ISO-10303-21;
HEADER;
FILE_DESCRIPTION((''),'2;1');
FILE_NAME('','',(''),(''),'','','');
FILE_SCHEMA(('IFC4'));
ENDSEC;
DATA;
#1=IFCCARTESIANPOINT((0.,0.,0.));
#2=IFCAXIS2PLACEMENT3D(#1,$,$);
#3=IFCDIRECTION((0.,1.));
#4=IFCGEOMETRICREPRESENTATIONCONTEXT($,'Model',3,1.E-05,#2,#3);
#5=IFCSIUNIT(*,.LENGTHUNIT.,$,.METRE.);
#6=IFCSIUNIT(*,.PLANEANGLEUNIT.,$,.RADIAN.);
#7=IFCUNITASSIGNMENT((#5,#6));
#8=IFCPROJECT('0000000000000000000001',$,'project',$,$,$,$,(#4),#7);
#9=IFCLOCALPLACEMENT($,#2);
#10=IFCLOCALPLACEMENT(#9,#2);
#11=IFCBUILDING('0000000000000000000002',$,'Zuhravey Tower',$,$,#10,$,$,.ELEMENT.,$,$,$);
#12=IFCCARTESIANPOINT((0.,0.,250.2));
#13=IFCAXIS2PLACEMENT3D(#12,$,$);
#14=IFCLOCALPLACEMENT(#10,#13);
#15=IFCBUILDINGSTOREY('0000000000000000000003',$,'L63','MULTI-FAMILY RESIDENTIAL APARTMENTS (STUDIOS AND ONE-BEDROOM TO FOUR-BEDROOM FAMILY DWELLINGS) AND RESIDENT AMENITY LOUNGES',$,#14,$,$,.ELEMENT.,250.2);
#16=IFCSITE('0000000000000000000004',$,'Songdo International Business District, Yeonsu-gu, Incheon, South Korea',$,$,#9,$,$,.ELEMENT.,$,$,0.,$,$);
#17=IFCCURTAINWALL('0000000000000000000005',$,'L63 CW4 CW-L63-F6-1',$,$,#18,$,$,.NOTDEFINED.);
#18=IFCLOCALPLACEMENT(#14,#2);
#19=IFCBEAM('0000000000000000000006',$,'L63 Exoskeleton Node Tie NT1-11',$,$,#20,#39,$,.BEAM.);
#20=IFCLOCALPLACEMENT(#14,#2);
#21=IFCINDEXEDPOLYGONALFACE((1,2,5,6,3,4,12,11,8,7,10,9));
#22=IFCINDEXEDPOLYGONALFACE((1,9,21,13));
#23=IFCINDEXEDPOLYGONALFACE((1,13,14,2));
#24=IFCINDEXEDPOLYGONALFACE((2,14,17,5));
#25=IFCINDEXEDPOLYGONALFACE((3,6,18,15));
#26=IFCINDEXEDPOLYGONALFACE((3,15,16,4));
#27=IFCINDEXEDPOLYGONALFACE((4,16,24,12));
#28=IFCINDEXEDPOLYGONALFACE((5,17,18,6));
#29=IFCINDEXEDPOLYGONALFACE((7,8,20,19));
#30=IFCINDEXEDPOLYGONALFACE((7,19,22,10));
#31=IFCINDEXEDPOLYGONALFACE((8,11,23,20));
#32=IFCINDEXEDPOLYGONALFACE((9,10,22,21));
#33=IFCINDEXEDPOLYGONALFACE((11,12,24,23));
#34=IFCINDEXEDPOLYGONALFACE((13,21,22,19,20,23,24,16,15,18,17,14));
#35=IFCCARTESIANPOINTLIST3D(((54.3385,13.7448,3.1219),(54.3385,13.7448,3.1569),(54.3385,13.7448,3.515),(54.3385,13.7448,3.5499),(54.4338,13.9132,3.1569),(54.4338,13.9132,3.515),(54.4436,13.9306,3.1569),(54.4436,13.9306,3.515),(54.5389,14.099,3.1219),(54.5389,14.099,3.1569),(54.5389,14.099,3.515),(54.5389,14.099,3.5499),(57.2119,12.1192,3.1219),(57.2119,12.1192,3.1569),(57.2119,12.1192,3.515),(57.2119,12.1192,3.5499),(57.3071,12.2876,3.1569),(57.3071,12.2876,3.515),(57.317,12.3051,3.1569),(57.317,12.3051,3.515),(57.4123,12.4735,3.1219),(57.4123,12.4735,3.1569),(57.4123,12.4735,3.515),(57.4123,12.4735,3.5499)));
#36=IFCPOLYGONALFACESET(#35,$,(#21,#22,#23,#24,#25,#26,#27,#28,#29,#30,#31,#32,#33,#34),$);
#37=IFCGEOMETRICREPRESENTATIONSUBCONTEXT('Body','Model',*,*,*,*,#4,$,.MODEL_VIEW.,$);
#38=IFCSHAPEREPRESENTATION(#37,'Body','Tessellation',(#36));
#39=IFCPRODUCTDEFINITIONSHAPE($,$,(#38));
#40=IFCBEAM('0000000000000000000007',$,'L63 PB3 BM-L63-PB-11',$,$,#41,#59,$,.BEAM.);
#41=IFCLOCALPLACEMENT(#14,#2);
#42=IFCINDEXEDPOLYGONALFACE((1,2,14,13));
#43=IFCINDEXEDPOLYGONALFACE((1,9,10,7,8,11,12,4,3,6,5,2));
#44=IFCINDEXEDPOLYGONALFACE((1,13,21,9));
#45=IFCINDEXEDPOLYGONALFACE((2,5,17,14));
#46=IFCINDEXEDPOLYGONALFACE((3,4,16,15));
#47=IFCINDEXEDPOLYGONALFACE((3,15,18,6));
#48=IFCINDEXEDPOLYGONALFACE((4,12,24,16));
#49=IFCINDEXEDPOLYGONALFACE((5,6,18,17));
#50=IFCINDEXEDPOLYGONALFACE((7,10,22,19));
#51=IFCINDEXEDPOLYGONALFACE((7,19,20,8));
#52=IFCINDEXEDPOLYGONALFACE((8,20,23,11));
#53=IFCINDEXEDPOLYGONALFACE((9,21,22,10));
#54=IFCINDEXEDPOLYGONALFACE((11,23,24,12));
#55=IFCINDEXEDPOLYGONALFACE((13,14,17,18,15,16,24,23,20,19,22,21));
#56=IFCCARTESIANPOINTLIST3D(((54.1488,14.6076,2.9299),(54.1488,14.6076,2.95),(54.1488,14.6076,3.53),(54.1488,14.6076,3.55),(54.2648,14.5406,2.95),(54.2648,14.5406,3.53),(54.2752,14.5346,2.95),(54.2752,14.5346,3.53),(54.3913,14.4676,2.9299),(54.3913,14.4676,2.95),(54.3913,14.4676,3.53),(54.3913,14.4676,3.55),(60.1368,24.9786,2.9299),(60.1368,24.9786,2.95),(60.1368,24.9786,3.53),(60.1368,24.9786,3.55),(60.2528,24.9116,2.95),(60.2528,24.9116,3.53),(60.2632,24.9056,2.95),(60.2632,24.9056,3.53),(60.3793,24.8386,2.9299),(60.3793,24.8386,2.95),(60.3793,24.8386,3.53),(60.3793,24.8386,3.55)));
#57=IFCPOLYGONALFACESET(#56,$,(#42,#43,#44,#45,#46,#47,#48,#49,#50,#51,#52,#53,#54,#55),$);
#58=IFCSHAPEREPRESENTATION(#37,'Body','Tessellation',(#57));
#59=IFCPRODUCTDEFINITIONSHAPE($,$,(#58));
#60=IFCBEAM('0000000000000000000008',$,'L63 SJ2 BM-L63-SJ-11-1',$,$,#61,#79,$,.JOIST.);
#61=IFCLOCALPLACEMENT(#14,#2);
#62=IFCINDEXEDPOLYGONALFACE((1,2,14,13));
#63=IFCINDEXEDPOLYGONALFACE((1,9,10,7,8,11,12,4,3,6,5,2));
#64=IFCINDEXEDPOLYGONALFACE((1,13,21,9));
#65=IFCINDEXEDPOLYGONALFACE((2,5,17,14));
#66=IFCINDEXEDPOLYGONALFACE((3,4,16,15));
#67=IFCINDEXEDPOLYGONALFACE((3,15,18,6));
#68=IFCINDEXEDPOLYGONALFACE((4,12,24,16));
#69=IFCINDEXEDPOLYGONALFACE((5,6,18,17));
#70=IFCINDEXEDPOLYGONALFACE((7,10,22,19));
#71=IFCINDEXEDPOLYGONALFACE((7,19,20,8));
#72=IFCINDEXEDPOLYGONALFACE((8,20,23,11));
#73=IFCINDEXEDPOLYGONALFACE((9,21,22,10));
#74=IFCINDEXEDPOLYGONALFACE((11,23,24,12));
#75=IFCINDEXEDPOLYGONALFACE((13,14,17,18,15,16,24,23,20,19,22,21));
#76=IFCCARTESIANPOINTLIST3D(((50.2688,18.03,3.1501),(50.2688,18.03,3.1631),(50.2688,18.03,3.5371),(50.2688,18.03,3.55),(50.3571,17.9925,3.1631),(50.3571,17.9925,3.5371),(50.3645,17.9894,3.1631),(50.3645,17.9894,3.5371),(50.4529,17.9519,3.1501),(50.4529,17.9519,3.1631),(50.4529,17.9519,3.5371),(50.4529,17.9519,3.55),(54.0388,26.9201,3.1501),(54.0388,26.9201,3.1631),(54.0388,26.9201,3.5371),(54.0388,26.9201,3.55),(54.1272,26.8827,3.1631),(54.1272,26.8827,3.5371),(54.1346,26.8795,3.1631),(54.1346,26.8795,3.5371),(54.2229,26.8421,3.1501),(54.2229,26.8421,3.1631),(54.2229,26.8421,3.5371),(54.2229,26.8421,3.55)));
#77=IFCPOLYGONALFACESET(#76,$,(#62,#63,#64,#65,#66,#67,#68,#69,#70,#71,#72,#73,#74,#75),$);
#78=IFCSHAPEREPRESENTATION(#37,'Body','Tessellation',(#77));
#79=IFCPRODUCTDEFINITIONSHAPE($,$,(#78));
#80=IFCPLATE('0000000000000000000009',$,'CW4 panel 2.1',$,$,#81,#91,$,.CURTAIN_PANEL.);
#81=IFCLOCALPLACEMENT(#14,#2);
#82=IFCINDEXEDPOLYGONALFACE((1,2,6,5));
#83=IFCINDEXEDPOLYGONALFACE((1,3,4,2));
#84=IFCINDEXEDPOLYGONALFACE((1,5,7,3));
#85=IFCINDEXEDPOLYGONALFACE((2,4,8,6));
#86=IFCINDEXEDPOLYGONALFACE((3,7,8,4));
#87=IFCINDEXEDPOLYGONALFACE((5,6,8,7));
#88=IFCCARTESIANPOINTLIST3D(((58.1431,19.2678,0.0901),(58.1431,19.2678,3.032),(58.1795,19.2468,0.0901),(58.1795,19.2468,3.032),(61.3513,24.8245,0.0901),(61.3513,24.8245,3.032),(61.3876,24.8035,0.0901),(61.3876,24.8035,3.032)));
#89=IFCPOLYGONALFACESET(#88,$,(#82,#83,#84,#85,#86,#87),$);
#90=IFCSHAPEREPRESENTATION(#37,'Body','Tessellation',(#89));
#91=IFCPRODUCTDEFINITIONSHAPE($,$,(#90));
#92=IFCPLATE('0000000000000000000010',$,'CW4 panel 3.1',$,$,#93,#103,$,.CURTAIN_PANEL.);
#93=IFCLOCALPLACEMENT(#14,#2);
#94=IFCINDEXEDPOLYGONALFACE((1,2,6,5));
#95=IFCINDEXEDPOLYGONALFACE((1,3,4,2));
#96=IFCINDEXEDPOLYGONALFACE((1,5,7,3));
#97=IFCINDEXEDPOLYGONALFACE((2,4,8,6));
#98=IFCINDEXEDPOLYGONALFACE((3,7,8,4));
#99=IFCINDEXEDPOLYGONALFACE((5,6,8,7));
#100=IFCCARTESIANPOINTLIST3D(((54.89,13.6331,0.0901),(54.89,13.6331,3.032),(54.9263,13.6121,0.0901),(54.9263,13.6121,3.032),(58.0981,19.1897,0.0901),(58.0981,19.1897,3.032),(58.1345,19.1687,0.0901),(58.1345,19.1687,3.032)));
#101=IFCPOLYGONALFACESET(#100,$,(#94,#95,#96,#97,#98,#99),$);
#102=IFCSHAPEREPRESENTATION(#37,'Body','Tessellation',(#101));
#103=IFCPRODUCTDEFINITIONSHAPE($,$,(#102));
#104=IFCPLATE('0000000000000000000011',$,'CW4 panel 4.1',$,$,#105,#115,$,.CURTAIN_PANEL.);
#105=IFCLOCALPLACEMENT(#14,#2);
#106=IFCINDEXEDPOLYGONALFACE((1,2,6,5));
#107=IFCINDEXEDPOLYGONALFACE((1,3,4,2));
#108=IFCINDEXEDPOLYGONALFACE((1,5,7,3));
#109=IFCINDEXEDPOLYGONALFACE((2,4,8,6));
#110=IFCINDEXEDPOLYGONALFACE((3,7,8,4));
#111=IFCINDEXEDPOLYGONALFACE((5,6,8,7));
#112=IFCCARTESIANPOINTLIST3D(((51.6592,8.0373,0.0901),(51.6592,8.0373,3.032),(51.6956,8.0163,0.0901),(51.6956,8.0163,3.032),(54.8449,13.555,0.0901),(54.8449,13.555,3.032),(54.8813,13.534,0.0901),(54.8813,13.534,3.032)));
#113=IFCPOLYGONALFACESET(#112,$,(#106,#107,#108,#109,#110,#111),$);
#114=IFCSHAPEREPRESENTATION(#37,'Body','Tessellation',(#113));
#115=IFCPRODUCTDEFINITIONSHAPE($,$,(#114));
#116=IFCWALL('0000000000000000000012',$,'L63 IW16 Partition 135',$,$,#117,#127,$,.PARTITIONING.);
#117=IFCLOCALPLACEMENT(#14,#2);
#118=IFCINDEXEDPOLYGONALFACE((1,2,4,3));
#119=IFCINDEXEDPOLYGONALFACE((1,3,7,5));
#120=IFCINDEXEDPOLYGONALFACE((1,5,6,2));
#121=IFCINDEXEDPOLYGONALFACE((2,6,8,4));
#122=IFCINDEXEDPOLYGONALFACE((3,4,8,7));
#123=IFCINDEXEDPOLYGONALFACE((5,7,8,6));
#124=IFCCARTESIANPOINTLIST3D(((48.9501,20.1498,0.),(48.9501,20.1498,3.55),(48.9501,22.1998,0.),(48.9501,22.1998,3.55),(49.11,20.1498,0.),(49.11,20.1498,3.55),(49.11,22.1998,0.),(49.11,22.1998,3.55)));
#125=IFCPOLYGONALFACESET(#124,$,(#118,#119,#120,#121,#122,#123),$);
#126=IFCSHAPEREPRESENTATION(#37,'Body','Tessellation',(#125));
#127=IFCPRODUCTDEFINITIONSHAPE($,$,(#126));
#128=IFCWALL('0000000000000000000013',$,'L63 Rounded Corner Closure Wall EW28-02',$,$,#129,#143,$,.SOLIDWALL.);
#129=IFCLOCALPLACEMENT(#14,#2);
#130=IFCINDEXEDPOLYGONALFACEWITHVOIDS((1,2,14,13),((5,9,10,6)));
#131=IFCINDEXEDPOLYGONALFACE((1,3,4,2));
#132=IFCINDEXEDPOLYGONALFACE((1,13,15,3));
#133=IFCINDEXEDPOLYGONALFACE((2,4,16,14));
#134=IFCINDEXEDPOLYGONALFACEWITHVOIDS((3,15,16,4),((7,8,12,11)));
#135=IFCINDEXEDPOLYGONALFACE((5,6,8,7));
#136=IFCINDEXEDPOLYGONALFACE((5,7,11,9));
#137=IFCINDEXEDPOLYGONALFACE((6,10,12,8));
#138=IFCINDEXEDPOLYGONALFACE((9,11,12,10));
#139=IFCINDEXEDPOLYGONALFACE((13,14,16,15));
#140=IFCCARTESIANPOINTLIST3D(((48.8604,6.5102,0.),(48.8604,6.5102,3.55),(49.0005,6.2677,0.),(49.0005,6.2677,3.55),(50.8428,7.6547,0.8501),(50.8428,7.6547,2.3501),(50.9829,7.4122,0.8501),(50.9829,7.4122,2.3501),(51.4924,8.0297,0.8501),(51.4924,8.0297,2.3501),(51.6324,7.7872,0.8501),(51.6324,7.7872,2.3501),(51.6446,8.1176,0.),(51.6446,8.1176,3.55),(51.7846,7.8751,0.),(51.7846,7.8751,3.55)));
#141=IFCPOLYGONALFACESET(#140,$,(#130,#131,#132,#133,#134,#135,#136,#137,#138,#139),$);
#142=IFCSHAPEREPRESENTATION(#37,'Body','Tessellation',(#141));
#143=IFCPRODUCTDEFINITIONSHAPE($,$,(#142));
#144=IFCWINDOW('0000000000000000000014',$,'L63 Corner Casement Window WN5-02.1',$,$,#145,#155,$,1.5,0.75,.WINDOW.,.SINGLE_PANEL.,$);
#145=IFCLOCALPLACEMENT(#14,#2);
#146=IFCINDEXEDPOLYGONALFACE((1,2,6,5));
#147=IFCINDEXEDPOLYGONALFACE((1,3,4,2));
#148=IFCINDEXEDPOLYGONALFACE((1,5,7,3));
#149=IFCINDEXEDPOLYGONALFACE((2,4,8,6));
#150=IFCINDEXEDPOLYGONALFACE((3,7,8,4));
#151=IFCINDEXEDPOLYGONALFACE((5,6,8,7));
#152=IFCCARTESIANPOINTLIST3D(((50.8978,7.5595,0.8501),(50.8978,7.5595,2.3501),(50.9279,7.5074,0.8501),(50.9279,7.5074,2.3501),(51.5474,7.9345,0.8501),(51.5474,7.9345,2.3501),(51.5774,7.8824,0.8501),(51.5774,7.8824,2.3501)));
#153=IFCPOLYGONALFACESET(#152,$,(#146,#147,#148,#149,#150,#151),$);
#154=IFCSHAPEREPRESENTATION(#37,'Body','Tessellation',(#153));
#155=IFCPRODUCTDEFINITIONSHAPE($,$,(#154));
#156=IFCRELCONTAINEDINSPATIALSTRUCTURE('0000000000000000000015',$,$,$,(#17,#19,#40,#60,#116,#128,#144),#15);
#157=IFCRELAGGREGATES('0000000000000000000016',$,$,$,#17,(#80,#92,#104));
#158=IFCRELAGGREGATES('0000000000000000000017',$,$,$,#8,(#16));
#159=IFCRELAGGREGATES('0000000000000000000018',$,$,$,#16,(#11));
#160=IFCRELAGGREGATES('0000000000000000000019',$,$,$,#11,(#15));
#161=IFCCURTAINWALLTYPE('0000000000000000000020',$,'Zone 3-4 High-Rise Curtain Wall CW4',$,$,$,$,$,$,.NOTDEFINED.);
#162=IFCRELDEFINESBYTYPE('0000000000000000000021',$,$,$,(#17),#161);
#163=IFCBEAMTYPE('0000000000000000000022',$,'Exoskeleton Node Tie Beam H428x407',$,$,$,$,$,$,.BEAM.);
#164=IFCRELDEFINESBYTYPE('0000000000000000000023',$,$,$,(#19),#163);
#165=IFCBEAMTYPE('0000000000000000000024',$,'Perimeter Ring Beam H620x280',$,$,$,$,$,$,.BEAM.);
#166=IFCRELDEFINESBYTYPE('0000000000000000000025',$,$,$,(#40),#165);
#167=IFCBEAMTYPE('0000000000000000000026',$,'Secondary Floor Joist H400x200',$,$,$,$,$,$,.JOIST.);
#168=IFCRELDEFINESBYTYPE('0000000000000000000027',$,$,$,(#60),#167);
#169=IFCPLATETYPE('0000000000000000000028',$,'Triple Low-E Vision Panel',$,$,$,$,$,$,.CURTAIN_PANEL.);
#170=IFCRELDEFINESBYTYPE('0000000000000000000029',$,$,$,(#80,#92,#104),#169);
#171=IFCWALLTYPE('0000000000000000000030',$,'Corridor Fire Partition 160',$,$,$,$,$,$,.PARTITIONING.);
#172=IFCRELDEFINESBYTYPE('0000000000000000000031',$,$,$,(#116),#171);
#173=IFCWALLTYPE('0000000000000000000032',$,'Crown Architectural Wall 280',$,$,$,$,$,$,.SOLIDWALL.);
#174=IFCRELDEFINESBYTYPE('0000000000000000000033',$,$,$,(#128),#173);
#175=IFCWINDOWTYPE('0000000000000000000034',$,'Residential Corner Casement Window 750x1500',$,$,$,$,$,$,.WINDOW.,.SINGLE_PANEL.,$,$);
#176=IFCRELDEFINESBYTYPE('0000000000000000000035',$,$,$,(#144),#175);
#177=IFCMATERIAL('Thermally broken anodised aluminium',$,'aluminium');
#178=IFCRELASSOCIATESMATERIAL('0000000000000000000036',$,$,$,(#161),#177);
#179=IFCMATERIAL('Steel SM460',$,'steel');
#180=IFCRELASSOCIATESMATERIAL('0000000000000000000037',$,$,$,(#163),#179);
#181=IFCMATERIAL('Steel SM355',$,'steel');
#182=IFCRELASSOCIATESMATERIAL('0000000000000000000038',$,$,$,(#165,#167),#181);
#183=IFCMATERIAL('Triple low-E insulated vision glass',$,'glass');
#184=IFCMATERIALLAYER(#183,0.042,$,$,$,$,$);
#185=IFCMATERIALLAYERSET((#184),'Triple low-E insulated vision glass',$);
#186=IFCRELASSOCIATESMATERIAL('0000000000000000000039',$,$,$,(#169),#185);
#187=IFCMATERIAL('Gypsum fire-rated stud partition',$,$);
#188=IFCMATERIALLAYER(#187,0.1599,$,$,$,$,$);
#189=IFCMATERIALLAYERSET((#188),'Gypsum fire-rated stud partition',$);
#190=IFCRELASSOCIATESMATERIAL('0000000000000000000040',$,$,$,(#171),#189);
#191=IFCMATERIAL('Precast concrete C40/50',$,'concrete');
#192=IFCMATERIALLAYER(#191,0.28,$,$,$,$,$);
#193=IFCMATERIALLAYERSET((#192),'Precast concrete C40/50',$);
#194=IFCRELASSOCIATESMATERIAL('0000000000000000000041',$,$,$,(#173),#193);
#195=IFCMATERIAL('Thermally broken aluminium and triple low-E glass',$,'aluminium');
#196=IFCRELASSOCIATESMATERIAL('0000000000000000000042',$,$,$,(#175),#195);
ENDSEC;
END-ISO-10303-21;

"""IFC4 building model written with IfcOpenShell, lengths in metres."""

from ifc_helpers import new_model, si_unit, direction, frame, frame_2d, origin, origin_2d, place, context, subcontext, project, spatial, rectangle, i_section, extrude, material, layer, layer_set, material_profile, profile_set, type_object, element, fill, aggregate, save


model = new_model("IFC4")

# Units and contexts
model_context = context("Model", 3, precision=1e-05, world=origin(), true_north=direction((0.0, 1.0)))
body_context = subcontext(model_context, "Body", "Model", "MODEL_VIEW")
ifc_project = project(units=[si_unit("LENGTHUNIT", "METRE"), si_unit("PLANEANGLEUNIT", "RADIAN")], contexts=[model_context])

# Site, building, storey
site_placement = place(None, origin())
site = spatial("IfcSite", under=ifc_project, at=site_placement, Name="Songdo International Business District, Yeonsu-gu, Incheon, South Korea", CompositionType="ELEMENT", RefElevation=0.0)
building_placement = place(site_placement, origin())
building = spatial("IfcBuilding", under=site, at=building_placement, Name="Zuhravey Tower", CompositionType="ELEMENT")
storey_placement = place(building_placement, frame((0.0, 0.0, 250.2)))
storey = spatial("IfcBuildingStorey", under=building, at=storey_placement, Name="L63", Description="MULTI-FAMILY RESIDENTIAL APARTMENTS (STUDIOS AND ONE-BEDROOM TO FOUR-BEDROOM FAMILY DWELLINGS) AND RESIDENT AMENITY LOUNGES", CompositionType="ELEMENT", Elevation=250.2)

# Curtain wall
ifc_material_1 = material(Name="Thermally broken anodised aluminium", Category="aluminium")
curtain_wall_type = type_object("IfcCurtainWallType", Name="Zone 3-4 High-Rise Curtain Wall CW4", PredefinedType="NOTDEFINED", material=ifc_material_1)
curtain_wall_1_placement = place(storey_placement, origin())
curtain_wall_1 = element("IfcCurtainWall", 1, at=curtain_wall_1_placement, inside=storey, type_object=curtain_wall_type, Name="L63 CW4 CW-L63-F6-1", PredefinedType="NOTDEFINED")

# Beams
ifc_material_2 = material(Name="Steel SM460", Category="steel")
ifc_material_profile_1 = material_profile(ifc_material_2, i_section(OverallWidth=0.407, OverallDepth=0.428, WebThickness=0.02, FlangeThickness=0.0349, at=origin_2d()), Name="H-428x407x20x35")
ifc_profile_set_1 = profile_set([ifc_material_profile_1], Name="Steel SM460")
beam_type_1 = type_object("IfcBeamType", Name="Exoskeleton Node Tie Beam H428x407", PredefinedType="BEAM", material=ifc_profile_set_1)
beam_1_placement = place(storey_placement, frame((54.4387, 13.9219, 3.3359), z_axis=(0.870374, -0.492391, 0.0), x_axis=(0.492391, 0.870374, 0.0)))
element("IfcBeam", 2, at=beam_1_placement, inside=storey, type_object=beam_type_1, Name="L63 Exoskeleton Node Tie NT1-11", PredefinedType="BEAM", context=body_context, shape_type="SweptSolid", body=[
    extrude(i_section(OverallWidth=0.407, OverallDepth=0.428, WebThickness=0.02, FlangeThickness=0.0349, at=origin_2d()), origin(), (0.0, 0.0, 1.0), 3.3013),
])
ifc_material_3 = material(Name="Steel SM355", Category="steel")
ifc_material_profile_2 = material_profile(ifc_material_3, i_section(OverallWidth=0.28, OverallDepth=0.6201, WebThickness=0.012, FlangeThickness=0.02, at=origin_2d()), Name="H-620x280x12x20")
ifc_profile_set_2 = profile_set([ifc_material_profile_2], Name="Steel SM355")
beam_type_2 = type_object("IfcBeamType", Name="Perimeter Ring Beam H620x280", PredefinedType="BEAM", material=ifc_profile_set_2)
beam_2_placement = place(storey_placement, frame((54.27, 14.5376, 3.24), z_axis=(0.500018, 0.866015, 0.0), x_axis=(-0.866015, 0.500018, 0.0)))
element("IfcBeam", 3, at=beam_2_placement, inside=storey, type_object=beam_type_2, Name="L63 PB3 BM-L63-PB-11", PredefinedType="BEAM", context=body_context, shape_type="SweptSolid", body=[
    extrude(i_section(OverallWidth=0.28, OverallDepth=0.6201, WebThickness=0.012, FlangeThickness=0.02, at=origin_2d()), origin(), (0.0, 0.0, 1.0), 11.9756),
])
ifc_material_profile_3 = material_profile(ifc_material_3, i_section(OverallWidth=0.2, OverallDepth=0.3999, WebThickness=0.0081, FlangeThickness=0.0129, at=origin_2d()), Name="H-400x200x8x13")
ifc_profile_set_3 = profile_set([ifc_material_profile_3], Name="Steel SM355")
beam_type_3 = type_object("IfcBeamType", Name="Secondary Floor Joist H400x200", PredefinedType="JOIST", material=ifc_profile_set_3)
beam_3_placement = place(storey_placement, frame((50.3608, 17.991, 3.3501), z_axis=(0.390413, 0.92064, 0.0), x_axis=(-0.92064, 0.390413, 0.0)))
element("IfcBeam", 4, at=beam_3_placement, inside=storey, type_object=beam_type_3, Name="L63 SJ2 BM-L63-SJ-11-1", PredefinedType="JOIST", context=body_context, shape_type="SweptSolid", body=[
    extrude(i_section(OverallWidth=0.2, OverallDepth=0.3999, WebThickness=0.0081, FlangeThickness=0.0129, at=origin_2d()), origin(), (0.0, 0.0, 1.0), 9.6565),
])

# Plates
ifc_material_4 = material(Name="Triple low-E insulated vision glass", Category="glass")
ifc_layer_1 = layer(ifc_material_4, 0.042)
ifc_layer_set_1 = layer_set([ifc_layer_1], Name="Triple low-E insulated vision glass")
plate_type = type_object("IfcPlateType", Name="Triple Low-E Vision Panel", PredefinedType="CURTAIN_PANEL", material=ifc_layer_set_1)
plate_1_placement = place(storey_placement, frame((59.7654, 22.0356, 0.0901), z_axis=(0.0, 0.0, 1.0), x_axis=(-0.500001, -0.866025, 0.0)))
plate_1 = element("IfcPlate", 5, at=plate_1_placement, type_object=plate_type, Name="CW4 panel 2.1", PredefinedType="CURTAIN_PANEL", context=body_context, shape_type="SweptSolid", body=[
    extrude(rectangle(XDim=6.4163, YDim=0.042, at=origin_2d()), origin(), (0.0, 0.0, 1.0), 2.9419),
])
plate_2_placement = place(storey_placement, frame((56.5122, 16.4009, 0.0901), z_axis=(0.0, 0.0, 1.0), x_axis=(-0.500001, -0.866025, 0.0)))
plate_2 = element("IfcPlate", 6, at=plate_2_placement, type_object=plate_type, Name="CW4 panel 3.1", PredefinedType="CURTAIN_PANEL", context=body_context, shape_type="SweptSolid", body=[
    extrude(rectangle(XDim=6.4163, YDim=0.042, at=origin_2d()), origin(), (0.0, 0.0, 1.0), 2.9419),
])
plate_3_placement = place(storey_placement, frame((53.2703, 10.7856, 0.0901), z_axis=(0.0, 0.0, 1.0), x_axis=(-0.500001, -0.866025, 0.0)))
plate_3 = element("IfcPlate", 7, at=plate_3_placement, type_object=plate_type, Name="CW4 panel 4.1", PredefinedType="CURTAIN_PANEL", context=body_context, shape_type="SweptSolid", body=[
    extrude(rectangle(XDim=6.3713, YDim=0.042, at=origin_2d()), origin(), (0.0, 0.0, 1.0), 2.9419),
])
aggregate(curtain_wall_1, [plate_1, plate_2, plate_3])

# Wall
ifc_material_5 = material(Name="Gypsum fire-rated stud partition")
ifc_layer_2 = layer(ifc_material_5, 0.1599)
ifc_layer_set_2 = layer_set([ifc_layer_2], Name="Gypsum fire-rated stud partition")
wall_type_1 = type_object("IfcWallType", Name="Corridor Fire Partition 160", PredefinedType="PARTITIONING", material=ifc_layer_set_2)
wall_1_placement = place(storey_placement, frame((49.03, 20.1499, 0.0), z_axis=(0.0, 0.0, 1.0), x_axis=(0.0, 1.0, 0.0)))
element("IfcWall", 8, at=wall_1_placement, inside=storey, type_object=wall_type_1, Name="L63 IW16 Partition 135", PredefinedType="PARTITIONING", context=body_context, shape_type="SweptSolid", body=[
    extrude(rectangle(XDim=2.05, YDim=0.1599, at=frame_2d((1.0249, 0.0))), origin(), (0.0, 0.0, 1.0), 3.55),
])

# Wall, opening, window
ifc_material_6 = material(Name="Precast concrete C40/50", Category="concrete")
ifc_layer_3 = layer(ifc_material_6, 0.28)
ifc_layer_set_3 = layer_set([ifc_layer_3], Name="Precast concrete C40/50")
wall_type_2 = type_object("IfcWallType", Name="Crown Architectural Wall 280", PredefinedType="SOLIDWALL", material=ifc_layer_set_3)
wall_2_placement = place(storey_placement, frame((51.7146, 7.9963, 0.0), z_axis=(0.0, 0.0, 1.0), x_axis=(-0.866029, -0.499994, 0.0)))
wall_2 = element("IfcWall", 9, at=wall_2_placement, inside=storey, type_object=wall_type_2, Name="L63 Rounded Corner Closure Wall EW28-02", PredefinedType="SOLIDWALL", context=body_context, shape_type="SweptSolid", body=[
    extrude(rectangle(XDim=3.2148, YDim=0.28, at=frame_2d((1.6074, 0.0))), origin(), (0.0, 0.0, 1.0), 3.55),
])
opening_1_placement = place(wall_2_placement, frame((0.1758, 0.0, 0.8501)))
opening_1 = element("IfcOpeningElement", 10, at=opening_1_placement, cuts=wall_2, PredefinedType="OPENING", context=body_context, shape_type="SweptSolid", body=[
    extrude(rectangle(XDim=0.75, YDim=1.5, at=frame_2d((0.375, 0.75))), frame((0.0, 0.1521, 0.0), z_axis=(0.0, -1.0, 0.0), x_axis=(1.0, 0.0, 0.0)), (0.0, 0.0, 1.0), 0.304),
])
ifc_material_7 = material(Name="Thermally broken aluminium and triple low-E glass", Category="aluminium")
window_type = type_object("IfcWindowType", Name="Residential Corner Casement Window 750x1500", PartitioningType="SINGLE_PANEL", PredefinedType="WINDOW", material=ifc_material_7)
window_placement = place(opening_1_placement, origin())
window = element("IfcWindow", 11, at=window_placement, inside=storey, type_object=window_type, Name="L63 Corner Casement Window WN5-02.1", OverallHeight=1.5, OverallWidth=0.75, PartitioningType="SINGLE_PANEL", PredefinedType="WINDOW", context=body_context, shape_type="SweptSolid", body=[
    extrude(rectangle(XDim=0.75, YDim=1.5, at=frame_2d((0.375, 0.75))), frame((0.0, 0.03, 0.0), z_axis=(0.0, -1.0, 0.0), x_axis=(1.0, 0.0, 0.0)), (0.0, 0.0, 1.0), 0.0601),
])
fill(opening_1, window)

save(model, "model.ifc")
